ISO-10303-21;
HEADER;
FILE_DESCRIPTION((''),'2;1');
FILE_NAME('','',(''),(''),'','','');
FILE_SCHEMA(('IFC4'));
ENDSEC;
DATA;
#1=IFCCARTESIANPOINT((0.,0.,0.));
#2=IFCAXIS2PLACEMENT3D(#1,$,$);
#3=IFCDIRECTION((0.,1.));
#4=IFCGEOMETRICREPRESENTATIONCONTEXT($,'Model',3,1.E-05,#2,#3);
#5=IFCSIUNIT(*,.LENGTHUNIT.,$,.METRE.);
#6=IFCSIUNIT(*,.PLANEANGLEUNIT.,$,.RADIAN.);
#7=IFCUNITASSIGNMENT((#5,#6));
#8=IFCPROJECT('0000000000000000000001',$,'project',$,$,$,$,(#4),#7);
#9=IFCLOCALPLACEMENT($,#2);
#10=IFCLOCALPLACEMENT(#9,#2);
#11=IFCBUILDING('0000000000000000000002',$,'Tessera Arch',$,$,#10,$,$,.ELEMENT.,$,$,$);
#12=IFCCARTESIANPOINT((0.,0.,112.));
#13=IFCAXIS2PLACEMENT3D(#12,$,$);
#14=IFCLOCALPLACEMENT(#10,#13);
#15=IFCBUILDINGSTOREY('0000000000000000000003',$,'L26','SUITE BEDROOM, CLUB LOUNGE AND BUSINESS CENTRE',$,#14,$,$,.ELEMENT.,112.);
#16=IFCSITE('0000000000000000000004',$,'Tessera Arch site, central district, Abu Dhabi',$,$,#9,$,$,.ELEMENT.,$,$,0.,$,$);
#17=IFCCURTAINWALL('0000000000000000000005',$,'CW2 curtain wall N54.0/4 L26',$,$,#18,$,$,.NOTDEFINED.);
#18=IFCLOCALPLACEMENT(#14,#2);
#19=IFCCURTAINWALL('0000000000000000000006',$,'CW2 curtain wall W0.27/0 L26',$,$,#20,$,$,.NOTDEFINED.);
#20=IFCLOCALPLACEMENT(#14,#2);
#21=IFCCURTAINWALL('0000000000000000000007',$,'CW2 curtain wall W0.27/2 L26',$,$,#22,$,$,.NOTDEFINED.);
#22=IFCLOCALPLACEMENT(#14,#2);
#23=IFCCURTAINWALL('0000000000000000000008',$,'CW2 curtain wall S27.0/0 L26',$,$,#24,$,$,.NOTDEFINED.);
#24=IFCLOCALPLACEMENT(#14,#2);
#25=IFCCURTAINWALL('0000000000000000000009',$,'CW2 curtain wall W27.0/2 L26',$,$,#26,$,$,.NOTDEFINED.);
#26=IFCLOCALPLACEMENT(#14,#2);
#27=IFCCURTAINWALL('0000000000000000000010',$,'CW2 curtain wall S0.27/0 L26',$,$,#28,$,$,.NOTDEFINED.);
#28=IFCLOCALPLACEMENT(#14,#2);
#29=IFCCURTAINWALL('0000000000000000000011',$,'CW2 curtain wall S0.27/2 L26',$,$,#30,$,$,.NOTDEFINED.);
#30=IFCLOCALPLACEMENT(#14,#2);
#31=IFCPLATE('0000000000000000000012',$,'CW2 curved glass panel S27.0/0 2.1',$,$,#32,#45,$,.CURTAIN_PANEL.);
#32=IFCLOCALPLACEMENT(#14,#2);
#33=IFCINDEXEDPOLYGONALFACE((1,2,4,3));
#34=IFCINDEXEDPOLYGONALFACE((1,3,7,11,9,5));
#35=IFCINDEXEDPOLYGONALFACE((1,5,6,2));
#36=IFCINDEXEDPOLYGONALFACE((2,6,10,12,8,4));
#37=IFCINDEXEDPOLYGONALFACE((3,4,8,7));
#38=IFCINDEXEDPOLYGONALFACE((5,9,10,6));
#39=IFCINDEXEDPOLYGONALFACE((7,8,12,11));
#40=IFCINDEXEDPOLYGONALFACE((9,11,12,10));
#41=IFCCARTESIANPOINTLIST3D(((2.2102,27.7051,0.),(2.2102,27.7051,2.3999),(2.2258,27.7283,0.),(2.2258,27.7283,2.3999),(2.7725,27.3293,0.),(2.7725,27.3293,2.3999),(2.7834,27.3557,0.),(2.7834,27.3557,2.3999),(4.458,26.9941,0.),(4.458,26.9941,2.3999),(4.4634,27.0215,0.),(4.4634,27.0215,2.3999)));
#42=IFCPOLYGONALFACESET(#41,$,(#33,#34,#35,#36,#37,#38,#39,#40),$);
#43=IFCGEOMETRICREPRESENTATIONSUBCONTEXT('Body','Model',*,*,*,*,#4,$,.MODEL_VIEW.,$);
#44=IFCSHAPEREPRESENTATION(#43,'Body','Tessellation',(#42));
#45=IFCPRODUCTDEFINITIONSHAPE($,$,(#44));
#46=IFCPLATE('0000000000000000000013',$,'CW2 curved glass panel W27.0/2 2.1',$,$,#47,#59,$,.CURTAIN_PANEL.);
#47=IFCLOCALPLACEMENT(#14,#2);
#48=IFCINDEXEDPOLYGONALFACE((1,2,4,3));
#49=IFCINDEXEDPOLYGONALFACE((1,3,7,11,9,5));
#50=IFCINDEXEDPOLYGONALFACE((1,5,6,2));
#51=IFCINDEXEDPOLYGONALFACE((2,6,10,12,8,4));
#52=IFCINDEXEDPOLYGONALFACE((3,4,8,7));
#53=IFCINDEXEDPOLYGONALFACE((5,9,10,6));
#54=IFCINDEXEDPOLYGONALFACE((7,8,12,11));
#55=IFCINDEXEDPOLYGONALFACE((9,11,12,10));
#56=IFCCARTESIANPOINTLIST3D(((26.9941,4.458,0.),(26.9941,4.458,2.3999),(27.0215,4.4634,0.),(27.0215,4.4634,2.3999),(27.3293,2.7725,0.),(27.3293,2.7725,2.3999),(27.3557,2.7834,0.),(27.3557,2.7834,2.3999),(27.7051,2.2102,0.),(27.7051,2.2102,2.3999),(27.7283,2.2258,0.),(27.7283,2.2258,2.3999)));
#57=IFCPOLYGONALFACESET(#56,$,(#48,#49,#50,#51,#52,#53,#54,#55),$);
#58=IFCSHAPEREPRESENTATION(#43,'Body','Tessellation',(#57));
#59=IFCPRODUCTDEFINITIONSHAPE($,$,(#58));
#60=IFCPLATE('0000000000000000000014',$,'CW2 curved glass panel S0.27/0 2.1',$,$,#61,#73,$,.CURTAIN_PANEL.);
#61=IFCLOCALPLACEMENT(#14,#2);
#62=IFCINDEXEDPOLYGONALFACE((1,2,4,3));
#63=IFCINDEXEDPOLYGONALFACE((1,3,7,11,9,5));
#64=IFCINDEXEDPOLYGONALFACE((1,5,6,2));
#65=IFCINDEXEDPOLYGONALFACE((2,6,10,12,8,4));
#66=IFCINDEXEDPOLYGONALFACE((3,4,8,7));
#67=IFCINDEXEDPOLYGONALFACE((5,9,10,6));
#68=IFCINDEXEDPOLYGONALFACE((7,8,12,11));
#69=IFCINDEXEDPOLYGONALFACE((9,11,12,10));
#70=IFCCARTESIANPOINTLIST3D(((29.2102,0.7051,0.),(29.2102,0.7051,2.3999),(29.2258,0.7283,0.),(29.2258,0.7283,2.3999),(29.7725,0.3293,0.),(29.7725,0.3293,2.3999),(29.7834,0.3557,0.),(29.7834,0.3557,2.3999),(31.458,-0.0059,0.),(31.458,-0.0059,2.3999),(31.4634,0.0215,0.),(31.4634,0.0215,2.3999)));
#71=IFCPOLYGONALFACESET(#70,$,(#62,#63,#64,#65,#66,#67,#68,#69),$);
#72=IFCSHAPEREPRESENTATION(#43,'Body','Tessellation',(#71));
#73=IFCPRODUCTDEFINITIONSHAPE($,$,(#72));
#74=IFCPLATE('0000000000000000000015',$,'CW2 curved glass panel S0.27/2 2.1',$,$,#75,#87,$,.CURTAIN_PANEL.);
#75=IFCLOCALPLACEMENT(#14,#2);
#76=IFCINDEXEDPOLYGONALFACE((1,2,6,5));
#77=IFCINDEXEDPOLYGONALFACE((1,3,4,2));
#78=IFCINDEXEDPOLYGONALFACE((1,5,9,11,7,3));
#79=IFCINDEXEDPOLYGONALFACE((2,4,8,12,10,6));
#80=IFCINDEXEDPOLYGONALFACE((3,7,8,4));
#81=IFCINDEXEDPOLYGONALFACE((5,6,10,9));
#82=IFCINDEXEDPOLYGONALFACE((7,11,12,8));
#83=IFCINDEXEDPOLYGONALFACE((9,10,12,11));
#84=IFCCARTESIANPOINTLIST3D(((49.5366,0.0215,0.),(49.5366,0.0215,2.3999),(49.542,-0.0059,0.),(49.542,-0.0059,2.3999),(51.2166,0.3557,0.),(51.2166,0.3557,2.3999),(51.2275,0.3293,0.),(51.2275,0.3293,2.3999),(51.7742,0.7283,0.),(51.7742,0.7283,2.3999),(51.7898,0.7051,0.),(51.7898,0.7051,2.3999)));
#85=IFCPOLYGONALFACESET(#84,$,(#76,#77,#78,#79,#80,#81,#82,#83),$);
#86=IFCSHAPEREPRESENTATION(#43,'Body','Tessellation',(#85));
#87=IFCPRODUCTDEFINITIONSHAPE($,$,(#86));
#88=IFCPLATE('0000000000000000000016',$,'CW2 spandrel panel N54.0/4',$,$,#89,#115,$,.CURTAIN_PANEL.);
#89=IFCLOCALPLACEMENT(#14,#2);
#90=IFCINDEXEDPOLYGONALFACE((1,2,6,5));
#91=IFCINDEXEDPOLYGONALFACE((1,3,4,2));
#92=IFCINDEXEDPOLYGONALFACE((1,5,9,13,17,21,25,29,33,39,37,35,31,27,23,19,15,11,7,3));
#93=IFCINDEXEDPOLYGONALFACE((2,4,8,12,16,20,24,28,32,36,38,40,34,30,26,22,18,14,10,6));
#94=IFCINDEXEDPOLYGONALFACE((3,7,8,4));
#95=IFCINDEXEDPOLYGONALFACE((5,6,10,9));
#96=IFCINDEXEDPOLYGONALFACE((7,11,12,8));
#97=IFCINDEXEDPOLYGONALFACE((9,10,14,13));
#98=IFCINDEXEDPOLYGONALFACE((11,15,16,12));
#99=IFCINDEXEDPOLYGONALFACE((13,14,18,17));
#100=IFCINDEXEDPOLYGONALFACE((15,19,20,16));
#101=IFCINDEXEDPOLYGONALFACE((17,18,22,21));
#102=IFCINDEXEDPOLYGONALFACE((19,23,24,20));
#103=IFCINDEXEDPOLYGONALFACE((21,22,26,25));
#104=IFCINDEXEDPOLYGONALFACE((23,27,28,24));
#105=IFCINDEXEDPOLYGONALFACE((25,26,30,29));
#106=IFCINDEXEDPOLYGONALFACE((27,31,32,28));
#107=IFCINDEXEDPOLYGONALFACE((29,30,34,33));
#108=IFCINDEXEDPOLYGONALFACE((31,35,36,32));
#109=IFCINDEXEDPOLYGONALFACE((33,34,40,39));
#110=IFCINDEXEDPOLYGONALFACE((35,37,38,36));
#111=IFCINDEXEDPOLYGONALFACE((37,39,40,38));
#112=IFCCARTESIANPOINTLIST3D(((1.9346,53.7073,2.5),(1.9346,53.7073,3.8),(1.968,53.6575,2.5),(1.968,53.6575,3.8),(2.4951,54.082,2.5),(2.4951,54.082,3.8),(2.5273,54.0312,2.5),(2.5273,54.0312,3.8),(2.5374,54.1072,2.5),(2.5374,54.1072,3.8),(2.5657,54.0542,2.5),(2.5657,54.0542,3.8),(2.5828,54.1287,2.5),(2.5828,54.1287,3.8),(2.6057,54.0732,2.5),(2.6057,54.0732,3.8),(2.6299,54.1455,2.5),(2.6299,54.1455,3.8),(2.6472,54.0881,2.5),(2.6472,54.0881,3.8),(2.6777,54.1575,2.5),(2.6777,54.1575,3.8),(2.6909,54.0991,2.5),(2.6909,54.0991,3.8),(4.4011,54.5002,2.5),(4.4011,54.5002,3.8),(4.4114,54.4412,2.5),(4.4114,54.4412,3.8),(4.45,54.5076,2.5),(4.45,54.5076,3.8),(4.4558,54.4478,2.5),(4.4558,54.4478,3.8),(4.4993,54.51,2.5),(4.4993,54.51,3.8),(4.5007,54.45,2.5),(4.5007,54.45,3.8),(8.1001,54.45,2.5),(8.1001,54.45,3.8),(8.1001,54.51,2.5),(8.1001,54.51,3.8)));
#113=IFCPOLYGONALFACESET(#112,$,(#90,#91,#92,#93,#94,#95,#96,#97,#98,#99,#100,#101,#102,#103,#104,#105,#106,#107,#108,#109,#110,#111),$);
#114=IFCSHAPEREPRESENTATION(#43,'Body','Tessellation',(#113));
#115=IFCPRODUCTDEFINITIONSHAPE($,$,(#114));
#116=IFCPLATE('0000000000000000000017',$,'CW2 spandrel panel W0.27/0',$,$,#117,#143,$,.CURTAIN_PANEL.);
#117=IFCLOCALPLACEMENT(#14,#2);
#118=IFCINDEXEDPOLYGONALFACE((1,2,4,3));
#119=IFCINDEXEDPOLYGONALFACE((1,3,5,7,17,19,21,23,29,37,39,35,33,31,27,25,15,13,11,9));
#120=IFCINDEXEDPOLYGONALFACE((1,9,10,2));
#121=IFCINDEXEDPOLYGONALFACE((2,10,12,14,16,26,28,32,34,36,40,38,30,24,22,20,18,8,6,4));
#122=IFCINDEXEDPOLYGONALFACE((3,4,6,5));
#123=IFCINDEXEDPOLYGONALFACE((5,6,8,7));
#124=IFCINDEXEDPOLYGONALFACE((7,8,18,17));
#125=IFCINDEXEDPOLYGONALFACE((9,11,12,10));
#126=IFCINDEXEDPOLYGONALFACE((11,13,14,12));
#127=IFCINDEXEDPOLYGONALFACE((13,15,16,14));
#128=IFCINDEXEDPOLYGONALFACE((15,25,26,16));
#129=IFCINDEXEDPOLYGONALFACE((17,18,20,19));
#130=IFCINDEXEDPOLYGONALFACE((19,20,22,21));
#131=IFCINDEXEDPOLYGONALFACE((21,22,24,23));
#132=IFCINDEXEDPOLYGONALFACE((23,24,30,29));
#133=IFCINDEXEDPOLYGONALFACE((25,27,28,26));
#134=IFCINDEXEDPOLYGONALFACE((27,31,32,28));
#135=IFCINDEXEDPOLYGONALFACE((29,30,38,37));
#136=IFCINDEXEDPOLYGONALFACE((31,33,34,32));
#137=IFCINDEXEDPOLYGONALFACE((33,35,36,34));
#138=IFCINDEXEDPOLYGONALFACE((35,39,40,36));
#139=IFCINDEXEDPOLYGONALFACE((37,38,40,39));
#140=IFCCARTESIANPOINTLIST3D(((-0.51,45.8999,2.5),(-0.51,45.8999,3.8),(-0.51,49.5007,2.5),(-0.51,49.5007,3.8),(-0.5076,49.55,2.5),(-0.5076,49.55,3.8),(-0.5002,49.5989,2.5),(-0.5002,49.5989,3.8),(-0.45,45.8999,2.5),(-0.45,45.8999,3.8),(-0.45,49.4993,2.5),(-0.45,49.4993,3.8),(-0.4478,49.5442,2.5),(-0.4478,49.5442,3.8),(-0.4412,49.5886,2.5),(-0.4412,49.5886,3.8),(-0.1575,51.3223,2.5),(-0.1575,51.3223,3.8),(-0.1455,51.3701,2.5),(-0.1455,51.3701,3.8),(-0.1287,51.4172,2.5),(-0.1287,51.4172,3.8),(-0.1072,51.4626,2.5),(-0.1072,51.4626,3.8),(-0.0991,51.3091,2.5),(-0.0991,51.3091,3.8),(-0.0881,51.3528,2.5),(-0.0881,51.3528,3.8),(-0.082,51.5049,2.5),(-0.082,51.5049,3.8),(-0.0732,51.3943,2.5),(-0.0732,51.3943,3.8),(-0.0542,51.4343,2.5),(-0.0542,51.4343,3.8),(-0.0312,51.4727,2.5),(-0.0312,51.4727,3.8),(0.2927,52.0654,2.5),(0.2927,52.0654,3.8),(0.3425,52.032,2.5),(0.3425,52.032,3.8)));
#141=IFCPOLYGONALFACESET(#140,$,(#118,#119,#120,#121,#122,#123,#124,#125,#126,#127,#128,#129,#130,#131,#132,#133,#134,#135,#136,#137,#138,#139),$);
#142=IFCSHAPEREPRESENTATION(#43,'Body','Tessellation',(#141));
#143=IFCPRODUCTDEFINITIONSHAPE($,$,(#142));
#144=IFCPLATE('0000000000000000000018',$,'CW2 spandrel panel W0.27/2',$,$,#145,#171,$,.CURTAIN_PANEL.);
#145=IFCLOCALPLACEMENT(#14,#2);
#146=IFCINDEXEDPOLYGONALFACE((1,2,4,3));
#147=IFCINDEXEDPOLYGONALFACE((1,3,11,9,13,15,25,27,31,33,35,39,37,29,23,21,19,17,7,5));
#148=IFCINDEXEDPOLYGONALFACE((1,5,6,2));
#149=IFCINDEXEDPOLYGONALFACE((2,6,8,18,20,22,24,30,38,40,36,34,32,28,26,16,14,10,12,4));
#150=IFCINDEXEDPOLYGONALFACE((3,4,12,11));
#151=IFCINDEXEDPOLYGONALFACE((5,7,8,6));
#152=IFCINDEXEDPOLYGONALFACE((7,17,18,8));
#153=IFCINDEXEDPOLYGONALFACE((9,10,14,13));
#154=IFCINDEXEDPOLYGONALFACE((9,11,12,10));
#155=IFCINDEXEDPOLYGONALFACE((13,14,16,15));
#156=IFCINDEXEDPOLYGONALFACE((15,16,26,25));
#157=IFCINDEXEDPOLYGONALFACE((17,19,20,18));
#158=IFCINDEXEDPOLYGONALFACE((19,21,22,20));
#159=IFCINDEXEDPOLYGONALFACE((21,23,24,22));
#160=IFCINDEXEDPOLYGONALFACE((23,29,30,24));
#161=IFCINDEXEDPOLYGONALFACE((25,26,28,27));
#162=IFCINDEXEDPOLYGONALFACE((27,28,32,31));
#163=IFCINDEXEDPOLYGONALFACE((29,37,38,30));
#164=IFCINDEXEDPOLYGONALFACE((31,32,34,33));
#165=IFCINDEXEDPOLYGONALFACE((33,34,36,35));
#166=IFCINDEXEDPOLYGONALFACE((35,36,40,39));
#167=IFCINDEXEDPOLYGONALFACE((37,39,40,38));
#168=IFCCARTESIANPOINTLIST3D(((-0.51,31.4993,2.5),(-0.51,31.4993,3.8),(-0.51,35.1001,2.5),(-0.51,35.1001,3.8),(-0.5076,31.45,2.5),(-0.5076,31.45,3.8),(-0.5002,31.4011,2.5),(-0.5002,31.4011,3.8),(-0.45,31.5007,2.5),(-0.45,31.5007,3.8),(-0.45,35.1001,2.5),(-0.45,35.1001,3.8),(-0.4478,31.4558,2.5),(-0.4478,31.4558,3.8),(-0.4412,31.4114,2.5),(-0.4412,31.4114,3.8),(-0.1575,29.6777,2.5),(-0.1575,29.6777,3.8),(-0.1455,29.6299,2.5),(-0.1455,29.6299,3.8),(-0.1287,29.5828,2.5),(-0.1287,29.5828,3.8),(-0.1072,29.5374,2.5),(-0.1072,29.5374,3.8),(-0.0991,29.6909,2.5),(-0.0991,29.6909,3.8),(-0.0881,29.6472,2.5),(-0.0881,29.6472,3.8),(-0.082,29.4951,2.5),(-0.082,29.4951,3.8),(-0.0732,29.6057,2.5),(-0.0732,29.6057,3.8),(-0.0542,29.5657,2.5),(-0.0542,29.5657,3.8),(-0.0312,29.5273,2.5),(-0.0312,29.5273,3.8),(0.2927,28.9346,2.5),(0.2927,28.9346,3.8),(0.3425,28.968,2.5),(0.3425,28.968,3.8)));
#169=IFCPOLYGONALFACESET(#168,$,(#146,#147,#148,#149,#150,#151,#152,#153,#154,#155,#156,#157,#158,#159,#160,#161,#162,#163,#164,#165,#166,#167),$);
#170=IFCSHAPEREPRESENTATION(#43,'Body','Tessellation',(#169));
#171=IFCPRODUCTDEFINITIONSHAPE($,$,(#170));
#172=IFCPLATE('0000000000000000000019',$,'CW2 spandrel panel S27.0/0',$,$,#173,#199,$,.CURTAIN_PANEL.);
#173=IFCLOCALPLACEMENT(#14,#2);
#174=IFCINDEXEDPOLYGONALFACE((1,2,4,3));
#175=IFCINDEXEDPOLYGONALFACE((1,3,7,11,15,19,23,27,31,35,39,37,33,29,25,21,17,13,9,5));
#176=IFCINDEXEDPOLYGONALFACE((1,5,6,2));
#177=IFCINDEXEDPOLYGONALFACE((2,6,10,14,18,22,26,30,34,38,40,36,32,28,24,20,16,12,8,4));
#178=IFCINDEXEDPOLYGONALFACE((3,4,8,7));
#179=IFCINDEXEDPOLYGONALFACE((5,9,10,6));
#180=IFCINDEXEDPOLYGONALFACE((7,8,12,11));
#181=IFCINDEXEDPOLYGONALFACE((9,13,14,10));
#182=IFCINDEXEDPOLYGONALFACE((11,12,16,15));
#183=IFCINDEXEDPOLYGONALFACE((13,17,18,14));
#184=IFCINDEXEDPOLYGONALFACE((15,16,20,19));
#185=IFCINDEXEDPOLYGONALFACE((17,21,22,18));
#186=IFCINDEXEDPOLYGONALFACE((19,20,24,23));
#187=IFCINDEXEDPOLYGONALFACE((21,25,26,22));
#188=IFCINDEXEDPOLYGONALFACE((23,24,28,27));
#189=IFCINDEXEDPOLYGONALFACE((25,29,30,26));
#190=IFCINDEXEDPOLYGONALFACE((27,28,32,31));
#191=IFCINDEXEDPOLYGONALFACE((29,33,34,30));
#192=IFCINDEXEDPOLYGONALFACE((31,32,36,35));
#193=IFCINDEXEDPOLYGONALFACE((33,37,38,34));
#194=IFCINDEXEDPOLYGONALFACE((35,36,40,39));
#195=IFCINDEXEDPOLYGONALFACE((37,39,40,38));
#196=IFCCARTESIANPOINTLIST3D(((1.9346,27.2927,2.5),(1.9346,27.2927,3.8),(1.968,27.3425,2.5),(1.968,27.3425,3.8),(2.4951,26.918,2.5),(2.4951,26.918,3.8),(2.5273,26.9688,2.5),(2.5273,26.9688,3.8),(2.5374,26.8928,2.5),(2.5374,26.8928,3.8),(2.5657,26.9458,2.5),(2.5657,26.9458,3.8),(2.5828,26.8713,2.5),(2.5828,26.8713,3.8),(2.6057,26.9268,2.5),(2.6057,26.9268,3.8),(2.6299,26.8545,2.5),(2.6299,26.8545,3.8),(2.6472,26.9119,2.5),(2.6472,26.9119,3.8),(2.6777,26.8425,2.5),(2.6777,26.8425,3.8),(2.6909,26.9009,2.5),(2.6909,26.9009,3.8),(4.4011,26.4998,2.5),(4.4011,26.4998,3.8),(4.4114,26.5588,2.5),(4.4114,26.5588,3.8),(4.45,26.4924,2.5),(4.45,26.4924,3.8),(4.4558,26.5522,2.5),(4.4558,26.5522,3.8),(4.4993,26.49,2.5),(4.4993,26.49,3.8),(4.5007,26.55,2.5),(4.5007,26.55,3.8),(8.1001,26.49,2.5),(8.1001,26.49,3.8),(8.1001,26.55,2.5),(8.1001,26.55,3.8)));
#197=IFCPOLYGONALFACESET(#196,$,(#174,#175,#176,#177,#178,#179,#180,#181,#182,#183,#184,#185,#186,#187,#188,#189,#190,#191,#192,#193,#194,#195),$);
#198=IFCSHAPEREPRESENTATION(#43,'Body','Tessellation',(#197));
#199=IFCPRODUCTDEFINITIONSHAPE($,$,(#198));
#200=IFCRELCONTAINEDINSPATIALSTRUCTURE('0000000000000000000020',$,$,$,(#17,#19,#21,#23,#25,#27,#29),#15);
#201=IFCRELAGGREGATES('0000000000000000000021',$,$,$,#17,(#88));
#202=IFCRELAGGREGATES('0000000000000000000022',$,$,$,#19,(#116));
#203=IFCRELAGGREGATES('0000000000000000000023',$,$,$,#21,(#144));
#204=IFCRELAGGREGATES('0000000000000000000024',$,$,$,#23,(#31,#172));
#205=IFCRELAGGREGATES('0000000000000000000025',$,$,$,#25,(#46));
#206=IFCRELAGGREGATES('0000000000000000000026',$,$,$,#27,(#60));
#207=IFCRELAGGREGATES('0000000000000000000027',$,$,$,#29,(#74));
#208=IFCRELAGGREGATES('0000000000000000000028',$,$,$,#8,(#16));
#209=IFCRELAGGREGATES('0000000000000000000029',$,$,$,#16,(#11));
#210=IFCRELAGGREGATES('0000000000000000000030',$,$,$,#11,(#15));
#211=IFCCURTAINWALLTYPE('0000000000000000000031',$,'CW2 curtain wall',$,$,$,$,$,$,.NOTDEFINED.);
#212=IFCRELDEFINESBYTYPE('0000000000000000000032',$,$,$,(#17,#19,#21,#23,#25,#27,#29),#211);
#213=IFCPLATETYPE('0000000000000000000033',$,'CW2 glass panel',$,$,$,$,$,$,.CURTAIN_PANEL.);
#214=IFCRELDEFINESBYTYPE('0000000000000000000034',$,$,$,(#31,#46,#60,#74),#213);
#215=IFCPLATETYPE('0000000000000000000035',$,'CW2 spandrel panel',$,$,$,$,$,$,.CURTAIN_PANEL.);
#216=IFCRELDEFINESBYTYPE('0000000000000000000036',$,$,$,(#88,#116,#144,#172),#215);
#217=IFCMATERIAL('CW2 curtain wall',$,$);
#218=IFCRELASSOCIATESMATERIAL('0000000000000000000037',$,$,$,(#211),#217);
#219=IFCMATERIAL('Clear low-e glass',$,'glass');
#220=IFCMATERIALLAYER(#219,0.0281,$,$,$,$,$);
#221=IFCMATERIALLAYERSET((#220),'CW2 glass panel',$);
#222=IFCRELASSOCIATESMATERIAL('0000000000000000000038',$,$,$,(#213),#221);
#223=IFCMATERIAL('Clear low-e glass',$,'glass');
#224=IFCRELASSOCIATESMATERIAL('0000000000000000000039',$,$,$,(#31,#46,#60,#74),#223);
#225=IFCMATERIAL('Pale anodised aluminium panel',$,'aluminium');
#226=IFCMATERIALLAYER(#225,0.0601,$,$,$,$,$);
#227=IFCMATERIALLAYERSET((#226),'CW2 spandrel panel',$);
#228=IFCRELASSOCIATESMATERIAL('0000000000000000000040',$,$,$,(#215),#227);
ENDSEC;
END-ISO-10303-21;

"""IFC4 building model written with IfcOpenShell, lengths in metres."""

from ifc_helpers import new_model, si_unit, direction, frame, origin, place, context, subcontext, project, spatial, polyline, outline, extrude, material, layer, layer_set, type_object, element, aggregate, save


model = new_model("IFC4")

# Units and contexts
model_context = context("Model", 3, precision=1e-05, world=origin(), true_north=direction((0.0, 1.0)))
body_context = subcontext(model_context, "Body", "Model", "MODEL_VIEW")
ifc_project = project(units=[si_unit("LENGTHUNIT", "METRE"), si_unit("PLANEANGLEUNIT", "RADIAN")], contexts=[model_context])

# Site, building, storey
site_placement = place(None, origin())
site = spatial("IfcSite", under=ifc_project, at=site_placement, Name="Tessera Arch site, central district, Abu Dhabi", CompositionType="ELEMENT", RefElevation=0.0)
building_placement = place(site_placement, origin())
building = spatial("IfcBuilding", under=site, at=building_placement, Name="Tessera Arch", CompositionType="ELEMENT")
storey_placement = place(building_placement, frame((0.0, 0.0, 112.0)))
storey = spatial("IfcBuildingStorey", under=building, at=storey_placement, Name="L26", Description="SUITE BEDROOM, CLUB LOUNGE AND BUSINESS CENTRE", CompositionType="ELEMENT", Elevation=112.0)

# Curtain walls
ifc_material_1 = material(Name="CW2 curtain wall")
curtain_wall_type = type_object("IfcCurtainWallType", Name="CW2 curtain wall", PredefinedType="NOTDEFINED", material=ifc_material_1)
curtain_wall_1_placement = place(storey_placement, origin())
curtain_wall_1 = element("IfcCurtainWall", 1, at=curtain_wall_1_placement, inside=storey, type_object=curtain_wall_type, Name="CW2 curtain wall N54.0/4 L26", PredefinedType="NOTDEFINED")
curtain_wall_2_placement = place(storey_placement, origin())
curtain_wall_2 = element("IfcCurtainWall", 2, at=curtain_wall_2_placement, inside=storey, type_object=curtain_wall_type, Name="CW2 curtain wall W0.27/0 L26", PredefinedType="NOTDEFINED")
curtain_wall_3_placement = place(storey_placement, origin())
curtain_wall_3 = element("IfcCurtainWall", 3, at=curtain_wall_3_placement, inside=storey, type_object=curtain_wall_type, Name="CW2 curtain wall W0.27/2 L26", PredefinedType="NOTDEFINED")
curtain_wall_4_placement = place(storey_placement, origin())
curtain_wall_4 = element("IfcCurtainWall", 4, at=curtain_wall_4_placement, inside=storey, type_object=curtain_wall_type, Name="CW2 curtain wall S27.0/0 L26", PredefinedType="NOTDEFINED")
curtain_wall_5_placement = place(storey_placement, origin())
curtain_wall_5 = element("IfcCurtainWall", 5, at=curtain_wall_5_placement, inside=storey, type_object=curtain_wall_type, Name="CW2 curtain wall W27.0/2 L26", PredefinedType="NOTDEFINED")
curtain_wall_6_placement = place(storey_placement, origin())
curtain_wall_6 = element("IfcCurtainWall", 6, at=curtain_wall_6_placement, inside=storey, type_object=curtain_wall_type, Name="CW2 curtain wall S0.27/0 L26", PredefinedType="NOTDEFINED")
curtain_wall_7_placement = place(storey_placement, origin())
curtain_wall_7 = element("IfcCurtainWall", 7, at=curtain_wall_7_placement, inside=storey, type_object=curtain_wall_type, Name="CW2 curtain wall S0.27/2 L26", PredefinedType="NOTDEFINED")

# Plates
ifc_material_2 = material(Name="Clear low-e glass", Category="glass")
ifc_material_3 = material(Name="Clear low-e glass", Category="glass")
ifc_layer_1 = layer(ifc_material_3, 0.0281)
ifc_layer_set_1 = layer_set([ifc_layer_1], Name="CW2 glass panel")
plate_type_1 = type_object("IfcPlateType", Name="CW2 glass panel", PredefinedType="CURTAIN_PANEL", material=ifc_layer_set_1)
plate_1_placement = place(storey_placement, origin())
plate_1 = element("IfcPlate", 8, at=plate_1_placement, type_object=plate_type_1, material=ifc_material_2, Name="CW2 curved glass panel S27.0/0 2.1", PredefinedType="CURTAIN_PANEL", context=body_context, shape_type="SweptSolid", body=[
    extrude(outline(polyline([(2.7834, 27.3557), (2.2258, 27.7283), (2.2102, 27.7051), (2.7725, 27.3293), (4.458, 26.9941), (4.4634, 27.0215), (2.7834, 27.3557)])), origin(), (0.0, 0.0, 1.0), 2.3999),
])
plate_2_placement = place(storey_placement, origin())
plate_2 = element("IfcPlate", 9, at=plate_2_placement, type_object=plate_type_1, material=ifc_material_2, Name="CW2 curved glass panel W27.0/2 2.1", PredefinedType="CURTAIN_PANEL", context=body_context, shape_type="SweptSolid", body=[
    extrude(outline(polyline([(27.3557, 2.7834), (27.0215, 4.4634), (26.9941, 4.458), (27.3293, 2.7725), (27.7051, 2.2102), (27.7283, 2.2258), (27.3557, 2.7834)])), origin(), (0.0, 0.0, 1.0), 2.3999),
])
plate_3_placement = place(storey_placement, origin())
plate_3 = element("IfcPlate", 10, at=plate_3_placement, type_object=plate_type_1, material=ifc_material_2, Name="CW2 curved glass panel S0.27/0 2.1", PredefinedType="CURTAIN_PANEL", context=body_context, shape_type="SweptSolid", body=[
    extrude(outline(polyline([(29.7834, 0.3557), (29.2258, 0.7283), (29.2102, 0.7051), (29.7725, 0.3293), (31.458, -0.0059), (31.4634, 0.0215), (29.7834, 0.3557)])), origin(), (0.0, 0.0, 1.0), 2.3999),
])
plate_4_placement = place(storey_placement, origin())
plate_4 = element("IfcPlate", 11, at=plate_4_placement, type_object=plate_type_1, material=ifc_material_2, Name="CW2 curved glass panel S0.27/2 2.1", PredefinedType="CURTAIN_PANEL", context=body_context, shape_type="SweptSolid", body=[
    extrude(outline(polyline([(51.2166, 0.3557), (49.5366, 0.0215), (49.542, -0.0059), (51.2275, 0.3293), (51.7898, 0.7051), (51.7742, 0.7283), (51.2166, 0.3557)])), origin(), (0.0, 0.0, 1.0), 2.3999),
])
ifc_material_4 = material(Name="Pale anodised aluminium panel", Category="aluminium")
ifc_layer_2 = layer(ifc_material_4, 0.0601)
ifc_layer_set_2 = layer_set([ifc_layer_2], Name="CW2 spandrel panel")
plate_type_2 = type_object("IfcPlateType", Name="CW2 spandrel panel", PredefinedType="CURTAIN_PANEL", material=ifc_layer_set_2)
plate_5_placement = place(storey_placement, frame((0.0, 0.0, 2.5)))
plate_5 = element("IfcPlate", 12, at=plate_5_placement, type_object=plate_type_2, Name="CW2 spandrel panel N54.0/4", PredefinedType="CURTAIN_PANEL", context=body_context, shape_type="SweptSolid", body=[
    extrude(outline(polyline([(4.5007, 54.45), (8.1001, 54.45), (8.1001, 54.51), (4.4993, 54.51), (4.45, 54.5076), (4.4011, 54.5002), (2.6777, 54.1575), (2.6299, 54.1455), (2.5828, 54.1287), (2.5374, 54.1072), (2.4951, 54.082), (1.9346, 53.7073), (1.968, 53.6575), (2.5273, 54.0312), (2.5657, 54.0542), (2.6057, 54.0732), (2.6472, 54.0881), (2.6909, 54.0991), (4.4114, 54.4412), (4.4558, 54.4478), (4.5007, 54.45)])), origin(), (0.0, 0.0, 1.0), 1.3),
])
aggregate(curtain_wall_1, [plate_5])
plate_6_placement = place(storey_placement, frame((0.0, 0.0, 2.5)))
plate_6 = element("IfcPlate", 13, at=plate_6_placement, type_object=plate_type_2, Name="CW2 spandrel panel W0.27/0", PredefinedType="CURTAIN_PANEL", context=body_context, shape_type="SweptSolid", body=[
    extrude(outline(polyline([(-0.0312, 51.4727), (0.3425, 52.032), (0.2927, 52.0654), (-0.082, 51.5049), (-0.1072, 51.4626), (-0.1287, 51.4172), (-0.1455, 51.3701), (-0.1575, 51.3223), (-0.5002, 49.5989), (-0.5076, 49.55), (-0.51, 49.5007), (-0.51, 45.8999), (-0.45, 45.8999), (-0.45, 49.4993), (-0.4478, 49.5442), (-0.4412, 49.5886), (-0.0991, 51.3091), (-0.0881, 51.3528), (-0.0732, 51.3943), (-0.0542, 51.4343), (-0.0312, 51.4727)])), origin(), (0.0, 0.0, 1.0), 1.3),
])
aggregate(curtain_wall_2, [plate_6])
plate_7_placement = place(storey_placement, frame((0.0, 0.0, 2.5)))
plate_7 = element("IfcPlate", 14, at=plate_7_placement, type_object=plate_type_2, Name="CW2 spandrel panel W0.27/2", PredefinedType="CURTAIN_PANEL", context=body_context, shape_type="SweptSolid", body=[
    extrude(outline(polyline([(-0.45, 31.5007), (-0.45, 35.1001), (-0.51, 35.1001), (-0.51, 31.4993), (-0.5076, 31.45), (-0.5002, 31.4011), (-0.1575, 29.6777), (-0.1455, 29.6299), (-0.1287, 29.5828), (-0.1072, 29.5374), (-0.082, 29.4951), (0.2927, 28.9346), (0.3425, 28.968), (-0.0312, 29.5273), (-0.0542, 29.5657), (-0.0732, 29.6057), (-0.0881, 29.6472), (-0.0991, 29.6909), (-0.4412, 31.4114), (-0.4478, 31.4558), (-0.45, 31.5007)])), origin(), (0.0, 0.0, 1.0), 1.3),
])
aggregate(curtain_wall_3, [plate_7])
plate_8_placement = place(storey_placement, frame((0.0, 0.0, 2.5)))
plate_8 = element("IfcPlate", 15, at=plate_8_placement, type_object=plate_type_2, Name="CW2 spandrel panel S27.0/0", PredefinedType="CURTAIN_PANEL", context=body_context, shape_type="SweptSolid", body=[
    extrude(outline(polyline([(2.5273, 26.9688), (1.968, 27.3425), (1.9346, 27.2927), (2.4951, 26.918), (2.5374, 26.8928), (2.5828, 26.8713), (2.6299, 26.8545), (2.6777, 26.8425), (4.4011, 26.4998), (4.45, 26.4924), (4.4993, 26.49), (8.1001, 26.49), (8.1001, 26.55), (4.5007, 26.55), (4.4558, 26.5522), (4.4114, 26.5588), (2.6909, 26.9009), (2.6472, 26.9119), (2.6057, 26.9268), (2.5657, 26.9458), (2.5273, 26.9688)])), origin(), (0.0, 0.0, 1.0), 1.3),
])
aggregate(curtain_wall_4, [plate_1, plate_8])
aggregate(curtain_wall_5, [plate_2])
aggregate(curtain_wall_6, [plate_3])
aggregate(curtain_wall_7, [plate_4])

save(model, "model.ifc")
